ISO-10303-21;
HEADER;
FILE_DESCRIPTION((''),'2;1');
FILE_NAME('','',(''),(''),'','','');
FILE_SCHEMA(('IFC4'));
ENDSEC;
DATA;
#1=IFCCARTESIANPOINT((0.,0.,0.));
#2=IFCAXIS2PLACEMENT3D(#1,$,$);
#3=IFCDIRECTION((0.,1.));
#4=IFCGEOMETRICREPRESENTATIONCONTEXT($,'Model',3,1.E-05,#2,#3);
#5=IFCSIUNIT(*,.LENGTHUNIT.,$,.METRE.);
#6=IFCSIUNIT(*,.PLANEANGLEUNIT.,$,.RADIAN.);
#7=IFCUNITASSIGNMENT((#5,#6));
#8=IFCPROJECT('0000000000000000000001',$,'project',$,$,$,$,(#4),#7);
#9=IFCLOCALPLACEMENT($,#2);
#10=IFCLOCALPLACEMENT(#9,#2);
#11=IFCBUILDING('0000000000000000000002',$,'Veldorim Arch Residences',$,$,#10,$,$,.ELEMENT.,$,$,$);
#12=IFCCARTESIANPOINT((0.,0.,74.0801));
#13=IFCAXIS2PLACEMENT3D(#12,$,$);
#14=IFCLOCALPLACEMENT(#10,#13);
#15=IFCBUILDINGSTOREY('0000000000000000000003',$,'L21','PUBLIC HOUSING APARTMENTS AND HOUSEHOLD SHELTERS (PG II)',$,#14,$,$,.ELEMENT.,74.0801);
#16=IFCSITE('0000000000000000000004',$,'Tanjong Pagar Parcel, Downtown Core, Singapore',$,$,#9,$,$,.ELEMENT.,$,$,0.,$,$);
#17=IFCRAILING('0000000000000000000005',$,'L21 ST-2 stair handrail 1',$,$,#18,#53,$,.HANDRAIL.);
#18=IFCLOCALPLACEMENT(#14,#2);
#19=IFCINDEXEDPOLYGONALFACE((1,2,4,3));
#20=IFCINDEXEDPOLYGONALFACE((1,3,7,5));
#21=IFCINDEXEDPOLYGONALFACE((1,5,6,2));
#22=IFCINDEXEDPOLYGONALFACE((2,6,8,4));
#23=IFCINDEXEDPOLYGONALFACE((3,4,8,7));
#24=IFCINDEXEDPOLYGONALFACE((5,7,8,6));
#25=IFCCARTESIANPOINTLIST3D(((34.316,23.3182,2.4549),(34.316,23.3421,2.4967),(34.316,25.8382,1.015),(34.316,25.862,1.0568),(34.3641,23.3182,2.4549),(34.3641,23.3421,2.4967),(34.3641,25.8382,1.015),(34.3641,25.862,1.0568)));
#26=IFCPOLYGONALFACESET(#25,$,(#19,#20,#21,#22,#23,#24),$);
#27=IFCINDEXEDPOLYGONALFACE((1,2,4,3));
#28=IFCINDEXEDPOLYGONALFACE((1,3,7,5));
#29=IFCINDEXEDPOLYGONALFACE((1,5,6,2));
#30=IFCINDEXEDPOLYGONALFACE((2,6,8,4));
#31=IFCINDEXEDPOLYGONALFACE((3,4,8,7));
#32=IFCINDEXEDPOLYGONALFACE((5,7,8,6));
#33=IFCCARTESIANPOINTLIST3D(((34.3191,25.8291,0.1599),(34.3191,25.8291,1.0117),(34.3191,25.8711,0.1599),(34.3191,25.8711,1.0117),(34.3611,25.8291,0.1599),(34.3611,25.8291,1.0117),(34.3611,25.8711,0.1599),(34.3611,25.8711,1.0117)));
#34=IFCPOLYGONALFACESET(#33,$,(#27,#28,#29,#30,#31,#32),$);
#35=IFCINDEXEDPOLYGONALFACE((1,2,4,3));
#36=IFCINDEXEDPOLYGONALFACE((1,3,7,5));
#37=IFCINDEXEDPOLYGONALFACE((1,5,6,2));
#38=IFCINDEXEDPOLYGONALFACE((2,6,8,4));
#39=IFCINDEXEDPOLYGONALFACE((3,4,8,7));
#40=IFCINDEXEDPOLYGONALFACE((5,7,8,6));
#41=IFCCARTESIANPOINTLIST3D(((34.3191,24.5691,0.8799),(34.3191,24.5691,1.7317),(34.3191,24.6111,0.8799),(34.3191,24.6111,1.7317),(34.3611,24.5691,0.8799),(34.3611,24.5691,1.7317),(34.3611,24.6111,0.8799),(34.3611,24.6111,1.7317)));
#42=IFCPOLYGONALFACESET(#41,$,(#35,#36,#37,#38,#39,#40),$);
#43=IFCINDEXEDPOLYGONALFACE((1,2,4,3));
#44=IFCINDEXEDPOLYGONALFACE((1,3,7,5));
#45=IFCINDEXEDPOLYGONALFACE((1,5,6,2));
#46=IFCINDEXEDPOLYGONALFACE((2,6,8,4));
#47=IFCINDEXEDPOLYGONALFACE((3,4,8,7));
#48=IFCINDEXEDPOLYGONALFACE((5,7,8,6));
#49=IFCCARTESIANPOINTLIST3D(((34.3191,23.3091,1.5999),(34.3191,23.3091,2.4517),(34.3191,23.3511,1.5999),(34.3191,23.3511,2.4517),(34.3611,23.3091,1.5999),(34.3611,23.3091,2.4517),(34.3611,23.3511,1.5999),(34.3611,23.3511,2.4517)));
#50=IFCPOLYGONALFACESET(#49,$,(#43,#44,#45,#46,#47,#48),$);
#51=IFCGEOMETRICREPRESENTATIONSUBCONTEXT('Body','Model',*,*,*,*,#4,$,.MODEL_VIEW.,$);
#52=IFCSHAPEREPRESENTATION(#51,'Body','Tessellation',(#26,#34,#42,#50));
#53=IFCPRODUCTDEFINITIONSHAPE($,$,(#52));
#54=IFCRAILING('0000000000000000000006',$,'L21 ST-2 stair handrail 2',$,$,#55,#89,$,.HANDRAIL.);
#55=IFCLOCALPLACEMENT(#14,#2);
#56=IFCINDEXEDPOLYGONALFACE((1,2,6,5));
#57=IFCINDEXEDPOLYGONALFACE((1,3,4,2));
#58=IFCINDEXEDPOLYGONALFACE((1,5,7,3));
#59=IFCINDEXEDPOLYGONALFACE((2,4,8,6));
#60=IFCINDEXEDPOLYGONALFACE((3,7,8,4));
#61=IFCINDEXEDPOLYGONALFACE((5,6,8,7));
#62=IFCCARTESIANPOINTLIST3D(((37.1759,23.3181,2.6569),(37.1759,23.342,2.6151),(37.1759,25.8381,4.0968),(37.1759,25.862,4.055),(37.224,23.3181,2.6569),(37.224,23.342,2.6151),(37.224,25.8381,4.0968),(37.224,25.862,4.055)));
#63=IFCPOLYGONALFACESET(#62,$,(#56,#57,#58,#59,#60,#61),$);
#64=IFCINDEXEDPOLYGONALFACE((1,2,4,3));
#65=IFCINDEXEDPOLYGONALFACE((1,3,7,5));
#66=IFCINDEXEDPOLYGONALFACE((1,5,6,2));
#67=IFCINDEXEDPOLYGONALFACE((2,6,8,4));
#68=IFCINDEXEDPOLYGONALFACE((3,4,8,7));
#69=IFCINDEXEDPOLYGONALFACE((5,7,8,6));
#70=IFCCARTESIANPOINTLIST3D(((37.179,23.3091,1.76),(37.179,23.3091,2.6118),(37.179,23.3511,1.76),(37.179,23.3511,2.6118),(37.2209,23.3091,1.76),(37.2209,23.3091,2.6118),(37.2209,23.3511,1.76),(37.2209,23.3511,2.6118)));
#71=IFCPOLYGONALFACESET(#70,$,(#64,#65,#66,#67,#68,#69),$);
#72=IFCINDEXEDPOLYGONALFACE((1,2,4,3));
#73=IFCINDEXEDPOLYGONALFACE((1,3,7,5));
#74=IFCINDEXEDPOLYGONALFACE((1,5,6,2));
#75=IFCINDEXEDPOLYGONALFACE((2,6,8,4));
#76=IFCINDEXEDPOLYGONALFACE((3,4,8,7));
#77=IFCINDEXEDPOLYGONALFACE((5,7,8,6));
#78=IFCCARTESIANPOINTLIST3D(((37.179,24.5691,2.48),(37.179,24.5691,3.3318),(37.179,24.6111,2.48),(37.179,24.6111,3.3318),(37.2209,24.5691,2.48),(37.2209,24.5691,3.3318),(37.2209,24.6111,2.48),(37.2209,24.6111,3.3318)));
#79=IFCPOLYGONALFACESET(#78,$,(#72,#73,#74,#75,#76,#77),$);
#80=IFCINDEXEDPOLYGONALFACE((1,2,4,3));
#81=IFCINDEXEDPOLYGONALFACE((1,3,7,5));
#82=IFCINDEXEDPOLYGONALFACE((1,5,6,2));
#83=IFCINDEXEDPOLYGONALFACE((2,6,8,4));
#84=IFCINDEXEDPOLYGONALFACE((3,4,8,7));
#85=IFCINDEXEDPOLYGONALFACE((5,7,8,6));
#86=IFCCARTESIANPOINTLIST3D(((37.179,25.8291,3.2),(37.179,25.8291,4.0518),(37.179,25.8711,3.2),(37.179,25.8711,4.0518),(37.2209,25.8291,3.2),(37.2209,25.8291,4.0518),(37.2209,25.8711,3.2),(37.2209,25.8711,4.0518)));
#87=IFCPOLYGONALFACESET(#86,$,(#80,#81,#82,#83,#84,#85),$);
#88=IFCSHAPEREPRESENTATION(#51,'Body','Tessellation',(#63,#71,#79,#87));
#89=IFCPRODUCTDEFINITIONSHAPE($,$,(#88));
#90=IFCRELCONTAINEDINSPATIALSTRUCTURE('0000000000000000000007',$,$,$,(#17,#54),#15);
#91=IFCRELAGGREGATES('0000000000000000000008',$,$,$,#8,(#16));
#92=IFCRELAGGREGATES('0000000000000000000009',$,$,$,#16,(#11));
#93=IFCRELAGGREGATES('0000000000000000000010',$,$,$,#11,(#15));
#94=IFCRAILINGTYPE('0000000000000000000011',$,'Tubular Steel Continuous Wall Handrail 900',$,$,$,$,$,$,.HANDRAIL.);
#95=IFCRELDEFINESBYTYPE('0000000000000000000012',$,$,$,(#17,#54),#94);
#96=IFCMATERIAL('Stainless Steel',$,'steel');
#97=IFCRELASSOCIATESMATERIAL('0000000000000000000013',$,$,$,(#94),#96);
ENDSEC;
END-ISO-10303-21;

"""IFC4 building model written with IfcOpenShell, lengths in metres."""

from ifc_helpers import new_model, si_unit, direction, frame, origin, origin_2d, place, context, subcontext, project, spatial, rectangle, extrude, material, type_object, element, save


model = new_model("IFC4")

# Units and contexts
model_context = context("Model", 3, precision=1e-05, world=origin(), true_north=direction((0.0, 1.0)))
body_context = subcontext(model_context, "Body", "Model", "MODEL_VIEW")
ifc_project = project(units=[si_unit("LENGTHUNIT", "METRE"), si_unit("PLANEANGLEUNIT", "RADIAN")], contexts=[model_context])

# Site, building, storey
site_placement = place(None, origin())
site = spatial("IfcSite", under=ifc_project, at=site_placement, Name="Tanjong Pagar Parcel, Downtown Core, Singapore", CompositionType="ELEMENT", RefElevation=0.0)
building_placement = place(site_placement, origin())
building = spatial("IfcBuilding", under=site, at=building_placement, Name="Veldorim Arch Residences", CompositionType="ELEMENT")
storey_placement = place(building_placement, frame((0.0, 0.0, 74.0801)))
storey = spatial("IfcBuildingStorey", under=building, at=storey_placement, Name="L21", Description="PUBLIC HOUSING APARTMENTS AND HOUSEHOLD SHELTERS (PG II)", CompositionType="ELEMENT", Elevation=74.0801)

# Railings
ifc_material_1 = material(Name="Stainless Steel", Category="steel")
railing_type_1 = type_object("IfcRailingType", Name="Tubular Steel Continuous Wall Handrail 900", PredefinedType="HANDRAIL", material=ifc_material_1)
railing_1_placement = place(storey_placement, frame((34.3401, 25.8501, 0.1599)))
element("IfcRailing", 1, at=railing_1_placement, inside=storey, type_object=railing_type_1, Name="L21 ST-2 stair handrail 1", PredefinedType="HANDRAIL", context=body_context, shape_type="SweptSolid", body=[
    extrude(rectangle(XDim=0.0481, YDim=0.0481, at=origin_2d()), frame((0.0, 0.0, 0.876), z_axis=(0.0, -0.868253, 0.496121), x_axis=(1.0, 0.0, 0.0)), (0.0, 0.0, 1.0), 2.9023),
    extrude(rectangle(XDim=0.042, YDim=0.042, at=origin_2d()), origin(), (0.0, 0.0, 1.0), 0.8518),
    extrude(rectangle(XDim=0.042, YDim=0.042, at=origin_2d()), frame((0.0, -1.26, 0.72)), (0.0, 0.0, 1.0), 0.8518),
    extrude(rectangle(XDim=0.042, YDim=0.042, at=origin_2d()), frame((0.0, -2.52, 1.4399)), (0.0, 0.0, 1.0), 0.8518),
])
railing_2_placement = place(storey_placement, frame((37.2, 23.3301, 1.76)))
element("IfcRailing", 2, at=railing_2_placement, inside=storey, type_object=railing_type_1, Name="L21 ST-2 stair handrail 2", PredefinedType="HANDRAIL", context=body_context, shape_type="SweptSolid", body=[
    extrude(rectangle(XDim=0.0481, YDim=0.0481, at=origin_2d()), frame((0.0, 0.0, 0.876), z_axis=(0.0, 0.868253, 0.496121), x_axis=(-1.0, 0.0, 0.0)), (0.0, 0.0, 1.0), 2.9023),
    extrude(rectangle(XDim=0.042, YDim=0.042, at=origin_2d()), origin(), (0.0, 0.0, 1.0), 0.8518),
    extrude(rectangle(XDim=0.042, YDim=0.042, at=origin_2d()), frame((0.0, 1.26, 0.72)), (0.0, 0.0, 1.0), 0.8518),
    extrude(rectangle(XDim=0.042, YDim=0.042, at=origin_2d()), frame((0.0, 2.52, 1.4399)), (0.0, 0.0, 1.0), 0.8518),
])

save(model, "model.ifc")
